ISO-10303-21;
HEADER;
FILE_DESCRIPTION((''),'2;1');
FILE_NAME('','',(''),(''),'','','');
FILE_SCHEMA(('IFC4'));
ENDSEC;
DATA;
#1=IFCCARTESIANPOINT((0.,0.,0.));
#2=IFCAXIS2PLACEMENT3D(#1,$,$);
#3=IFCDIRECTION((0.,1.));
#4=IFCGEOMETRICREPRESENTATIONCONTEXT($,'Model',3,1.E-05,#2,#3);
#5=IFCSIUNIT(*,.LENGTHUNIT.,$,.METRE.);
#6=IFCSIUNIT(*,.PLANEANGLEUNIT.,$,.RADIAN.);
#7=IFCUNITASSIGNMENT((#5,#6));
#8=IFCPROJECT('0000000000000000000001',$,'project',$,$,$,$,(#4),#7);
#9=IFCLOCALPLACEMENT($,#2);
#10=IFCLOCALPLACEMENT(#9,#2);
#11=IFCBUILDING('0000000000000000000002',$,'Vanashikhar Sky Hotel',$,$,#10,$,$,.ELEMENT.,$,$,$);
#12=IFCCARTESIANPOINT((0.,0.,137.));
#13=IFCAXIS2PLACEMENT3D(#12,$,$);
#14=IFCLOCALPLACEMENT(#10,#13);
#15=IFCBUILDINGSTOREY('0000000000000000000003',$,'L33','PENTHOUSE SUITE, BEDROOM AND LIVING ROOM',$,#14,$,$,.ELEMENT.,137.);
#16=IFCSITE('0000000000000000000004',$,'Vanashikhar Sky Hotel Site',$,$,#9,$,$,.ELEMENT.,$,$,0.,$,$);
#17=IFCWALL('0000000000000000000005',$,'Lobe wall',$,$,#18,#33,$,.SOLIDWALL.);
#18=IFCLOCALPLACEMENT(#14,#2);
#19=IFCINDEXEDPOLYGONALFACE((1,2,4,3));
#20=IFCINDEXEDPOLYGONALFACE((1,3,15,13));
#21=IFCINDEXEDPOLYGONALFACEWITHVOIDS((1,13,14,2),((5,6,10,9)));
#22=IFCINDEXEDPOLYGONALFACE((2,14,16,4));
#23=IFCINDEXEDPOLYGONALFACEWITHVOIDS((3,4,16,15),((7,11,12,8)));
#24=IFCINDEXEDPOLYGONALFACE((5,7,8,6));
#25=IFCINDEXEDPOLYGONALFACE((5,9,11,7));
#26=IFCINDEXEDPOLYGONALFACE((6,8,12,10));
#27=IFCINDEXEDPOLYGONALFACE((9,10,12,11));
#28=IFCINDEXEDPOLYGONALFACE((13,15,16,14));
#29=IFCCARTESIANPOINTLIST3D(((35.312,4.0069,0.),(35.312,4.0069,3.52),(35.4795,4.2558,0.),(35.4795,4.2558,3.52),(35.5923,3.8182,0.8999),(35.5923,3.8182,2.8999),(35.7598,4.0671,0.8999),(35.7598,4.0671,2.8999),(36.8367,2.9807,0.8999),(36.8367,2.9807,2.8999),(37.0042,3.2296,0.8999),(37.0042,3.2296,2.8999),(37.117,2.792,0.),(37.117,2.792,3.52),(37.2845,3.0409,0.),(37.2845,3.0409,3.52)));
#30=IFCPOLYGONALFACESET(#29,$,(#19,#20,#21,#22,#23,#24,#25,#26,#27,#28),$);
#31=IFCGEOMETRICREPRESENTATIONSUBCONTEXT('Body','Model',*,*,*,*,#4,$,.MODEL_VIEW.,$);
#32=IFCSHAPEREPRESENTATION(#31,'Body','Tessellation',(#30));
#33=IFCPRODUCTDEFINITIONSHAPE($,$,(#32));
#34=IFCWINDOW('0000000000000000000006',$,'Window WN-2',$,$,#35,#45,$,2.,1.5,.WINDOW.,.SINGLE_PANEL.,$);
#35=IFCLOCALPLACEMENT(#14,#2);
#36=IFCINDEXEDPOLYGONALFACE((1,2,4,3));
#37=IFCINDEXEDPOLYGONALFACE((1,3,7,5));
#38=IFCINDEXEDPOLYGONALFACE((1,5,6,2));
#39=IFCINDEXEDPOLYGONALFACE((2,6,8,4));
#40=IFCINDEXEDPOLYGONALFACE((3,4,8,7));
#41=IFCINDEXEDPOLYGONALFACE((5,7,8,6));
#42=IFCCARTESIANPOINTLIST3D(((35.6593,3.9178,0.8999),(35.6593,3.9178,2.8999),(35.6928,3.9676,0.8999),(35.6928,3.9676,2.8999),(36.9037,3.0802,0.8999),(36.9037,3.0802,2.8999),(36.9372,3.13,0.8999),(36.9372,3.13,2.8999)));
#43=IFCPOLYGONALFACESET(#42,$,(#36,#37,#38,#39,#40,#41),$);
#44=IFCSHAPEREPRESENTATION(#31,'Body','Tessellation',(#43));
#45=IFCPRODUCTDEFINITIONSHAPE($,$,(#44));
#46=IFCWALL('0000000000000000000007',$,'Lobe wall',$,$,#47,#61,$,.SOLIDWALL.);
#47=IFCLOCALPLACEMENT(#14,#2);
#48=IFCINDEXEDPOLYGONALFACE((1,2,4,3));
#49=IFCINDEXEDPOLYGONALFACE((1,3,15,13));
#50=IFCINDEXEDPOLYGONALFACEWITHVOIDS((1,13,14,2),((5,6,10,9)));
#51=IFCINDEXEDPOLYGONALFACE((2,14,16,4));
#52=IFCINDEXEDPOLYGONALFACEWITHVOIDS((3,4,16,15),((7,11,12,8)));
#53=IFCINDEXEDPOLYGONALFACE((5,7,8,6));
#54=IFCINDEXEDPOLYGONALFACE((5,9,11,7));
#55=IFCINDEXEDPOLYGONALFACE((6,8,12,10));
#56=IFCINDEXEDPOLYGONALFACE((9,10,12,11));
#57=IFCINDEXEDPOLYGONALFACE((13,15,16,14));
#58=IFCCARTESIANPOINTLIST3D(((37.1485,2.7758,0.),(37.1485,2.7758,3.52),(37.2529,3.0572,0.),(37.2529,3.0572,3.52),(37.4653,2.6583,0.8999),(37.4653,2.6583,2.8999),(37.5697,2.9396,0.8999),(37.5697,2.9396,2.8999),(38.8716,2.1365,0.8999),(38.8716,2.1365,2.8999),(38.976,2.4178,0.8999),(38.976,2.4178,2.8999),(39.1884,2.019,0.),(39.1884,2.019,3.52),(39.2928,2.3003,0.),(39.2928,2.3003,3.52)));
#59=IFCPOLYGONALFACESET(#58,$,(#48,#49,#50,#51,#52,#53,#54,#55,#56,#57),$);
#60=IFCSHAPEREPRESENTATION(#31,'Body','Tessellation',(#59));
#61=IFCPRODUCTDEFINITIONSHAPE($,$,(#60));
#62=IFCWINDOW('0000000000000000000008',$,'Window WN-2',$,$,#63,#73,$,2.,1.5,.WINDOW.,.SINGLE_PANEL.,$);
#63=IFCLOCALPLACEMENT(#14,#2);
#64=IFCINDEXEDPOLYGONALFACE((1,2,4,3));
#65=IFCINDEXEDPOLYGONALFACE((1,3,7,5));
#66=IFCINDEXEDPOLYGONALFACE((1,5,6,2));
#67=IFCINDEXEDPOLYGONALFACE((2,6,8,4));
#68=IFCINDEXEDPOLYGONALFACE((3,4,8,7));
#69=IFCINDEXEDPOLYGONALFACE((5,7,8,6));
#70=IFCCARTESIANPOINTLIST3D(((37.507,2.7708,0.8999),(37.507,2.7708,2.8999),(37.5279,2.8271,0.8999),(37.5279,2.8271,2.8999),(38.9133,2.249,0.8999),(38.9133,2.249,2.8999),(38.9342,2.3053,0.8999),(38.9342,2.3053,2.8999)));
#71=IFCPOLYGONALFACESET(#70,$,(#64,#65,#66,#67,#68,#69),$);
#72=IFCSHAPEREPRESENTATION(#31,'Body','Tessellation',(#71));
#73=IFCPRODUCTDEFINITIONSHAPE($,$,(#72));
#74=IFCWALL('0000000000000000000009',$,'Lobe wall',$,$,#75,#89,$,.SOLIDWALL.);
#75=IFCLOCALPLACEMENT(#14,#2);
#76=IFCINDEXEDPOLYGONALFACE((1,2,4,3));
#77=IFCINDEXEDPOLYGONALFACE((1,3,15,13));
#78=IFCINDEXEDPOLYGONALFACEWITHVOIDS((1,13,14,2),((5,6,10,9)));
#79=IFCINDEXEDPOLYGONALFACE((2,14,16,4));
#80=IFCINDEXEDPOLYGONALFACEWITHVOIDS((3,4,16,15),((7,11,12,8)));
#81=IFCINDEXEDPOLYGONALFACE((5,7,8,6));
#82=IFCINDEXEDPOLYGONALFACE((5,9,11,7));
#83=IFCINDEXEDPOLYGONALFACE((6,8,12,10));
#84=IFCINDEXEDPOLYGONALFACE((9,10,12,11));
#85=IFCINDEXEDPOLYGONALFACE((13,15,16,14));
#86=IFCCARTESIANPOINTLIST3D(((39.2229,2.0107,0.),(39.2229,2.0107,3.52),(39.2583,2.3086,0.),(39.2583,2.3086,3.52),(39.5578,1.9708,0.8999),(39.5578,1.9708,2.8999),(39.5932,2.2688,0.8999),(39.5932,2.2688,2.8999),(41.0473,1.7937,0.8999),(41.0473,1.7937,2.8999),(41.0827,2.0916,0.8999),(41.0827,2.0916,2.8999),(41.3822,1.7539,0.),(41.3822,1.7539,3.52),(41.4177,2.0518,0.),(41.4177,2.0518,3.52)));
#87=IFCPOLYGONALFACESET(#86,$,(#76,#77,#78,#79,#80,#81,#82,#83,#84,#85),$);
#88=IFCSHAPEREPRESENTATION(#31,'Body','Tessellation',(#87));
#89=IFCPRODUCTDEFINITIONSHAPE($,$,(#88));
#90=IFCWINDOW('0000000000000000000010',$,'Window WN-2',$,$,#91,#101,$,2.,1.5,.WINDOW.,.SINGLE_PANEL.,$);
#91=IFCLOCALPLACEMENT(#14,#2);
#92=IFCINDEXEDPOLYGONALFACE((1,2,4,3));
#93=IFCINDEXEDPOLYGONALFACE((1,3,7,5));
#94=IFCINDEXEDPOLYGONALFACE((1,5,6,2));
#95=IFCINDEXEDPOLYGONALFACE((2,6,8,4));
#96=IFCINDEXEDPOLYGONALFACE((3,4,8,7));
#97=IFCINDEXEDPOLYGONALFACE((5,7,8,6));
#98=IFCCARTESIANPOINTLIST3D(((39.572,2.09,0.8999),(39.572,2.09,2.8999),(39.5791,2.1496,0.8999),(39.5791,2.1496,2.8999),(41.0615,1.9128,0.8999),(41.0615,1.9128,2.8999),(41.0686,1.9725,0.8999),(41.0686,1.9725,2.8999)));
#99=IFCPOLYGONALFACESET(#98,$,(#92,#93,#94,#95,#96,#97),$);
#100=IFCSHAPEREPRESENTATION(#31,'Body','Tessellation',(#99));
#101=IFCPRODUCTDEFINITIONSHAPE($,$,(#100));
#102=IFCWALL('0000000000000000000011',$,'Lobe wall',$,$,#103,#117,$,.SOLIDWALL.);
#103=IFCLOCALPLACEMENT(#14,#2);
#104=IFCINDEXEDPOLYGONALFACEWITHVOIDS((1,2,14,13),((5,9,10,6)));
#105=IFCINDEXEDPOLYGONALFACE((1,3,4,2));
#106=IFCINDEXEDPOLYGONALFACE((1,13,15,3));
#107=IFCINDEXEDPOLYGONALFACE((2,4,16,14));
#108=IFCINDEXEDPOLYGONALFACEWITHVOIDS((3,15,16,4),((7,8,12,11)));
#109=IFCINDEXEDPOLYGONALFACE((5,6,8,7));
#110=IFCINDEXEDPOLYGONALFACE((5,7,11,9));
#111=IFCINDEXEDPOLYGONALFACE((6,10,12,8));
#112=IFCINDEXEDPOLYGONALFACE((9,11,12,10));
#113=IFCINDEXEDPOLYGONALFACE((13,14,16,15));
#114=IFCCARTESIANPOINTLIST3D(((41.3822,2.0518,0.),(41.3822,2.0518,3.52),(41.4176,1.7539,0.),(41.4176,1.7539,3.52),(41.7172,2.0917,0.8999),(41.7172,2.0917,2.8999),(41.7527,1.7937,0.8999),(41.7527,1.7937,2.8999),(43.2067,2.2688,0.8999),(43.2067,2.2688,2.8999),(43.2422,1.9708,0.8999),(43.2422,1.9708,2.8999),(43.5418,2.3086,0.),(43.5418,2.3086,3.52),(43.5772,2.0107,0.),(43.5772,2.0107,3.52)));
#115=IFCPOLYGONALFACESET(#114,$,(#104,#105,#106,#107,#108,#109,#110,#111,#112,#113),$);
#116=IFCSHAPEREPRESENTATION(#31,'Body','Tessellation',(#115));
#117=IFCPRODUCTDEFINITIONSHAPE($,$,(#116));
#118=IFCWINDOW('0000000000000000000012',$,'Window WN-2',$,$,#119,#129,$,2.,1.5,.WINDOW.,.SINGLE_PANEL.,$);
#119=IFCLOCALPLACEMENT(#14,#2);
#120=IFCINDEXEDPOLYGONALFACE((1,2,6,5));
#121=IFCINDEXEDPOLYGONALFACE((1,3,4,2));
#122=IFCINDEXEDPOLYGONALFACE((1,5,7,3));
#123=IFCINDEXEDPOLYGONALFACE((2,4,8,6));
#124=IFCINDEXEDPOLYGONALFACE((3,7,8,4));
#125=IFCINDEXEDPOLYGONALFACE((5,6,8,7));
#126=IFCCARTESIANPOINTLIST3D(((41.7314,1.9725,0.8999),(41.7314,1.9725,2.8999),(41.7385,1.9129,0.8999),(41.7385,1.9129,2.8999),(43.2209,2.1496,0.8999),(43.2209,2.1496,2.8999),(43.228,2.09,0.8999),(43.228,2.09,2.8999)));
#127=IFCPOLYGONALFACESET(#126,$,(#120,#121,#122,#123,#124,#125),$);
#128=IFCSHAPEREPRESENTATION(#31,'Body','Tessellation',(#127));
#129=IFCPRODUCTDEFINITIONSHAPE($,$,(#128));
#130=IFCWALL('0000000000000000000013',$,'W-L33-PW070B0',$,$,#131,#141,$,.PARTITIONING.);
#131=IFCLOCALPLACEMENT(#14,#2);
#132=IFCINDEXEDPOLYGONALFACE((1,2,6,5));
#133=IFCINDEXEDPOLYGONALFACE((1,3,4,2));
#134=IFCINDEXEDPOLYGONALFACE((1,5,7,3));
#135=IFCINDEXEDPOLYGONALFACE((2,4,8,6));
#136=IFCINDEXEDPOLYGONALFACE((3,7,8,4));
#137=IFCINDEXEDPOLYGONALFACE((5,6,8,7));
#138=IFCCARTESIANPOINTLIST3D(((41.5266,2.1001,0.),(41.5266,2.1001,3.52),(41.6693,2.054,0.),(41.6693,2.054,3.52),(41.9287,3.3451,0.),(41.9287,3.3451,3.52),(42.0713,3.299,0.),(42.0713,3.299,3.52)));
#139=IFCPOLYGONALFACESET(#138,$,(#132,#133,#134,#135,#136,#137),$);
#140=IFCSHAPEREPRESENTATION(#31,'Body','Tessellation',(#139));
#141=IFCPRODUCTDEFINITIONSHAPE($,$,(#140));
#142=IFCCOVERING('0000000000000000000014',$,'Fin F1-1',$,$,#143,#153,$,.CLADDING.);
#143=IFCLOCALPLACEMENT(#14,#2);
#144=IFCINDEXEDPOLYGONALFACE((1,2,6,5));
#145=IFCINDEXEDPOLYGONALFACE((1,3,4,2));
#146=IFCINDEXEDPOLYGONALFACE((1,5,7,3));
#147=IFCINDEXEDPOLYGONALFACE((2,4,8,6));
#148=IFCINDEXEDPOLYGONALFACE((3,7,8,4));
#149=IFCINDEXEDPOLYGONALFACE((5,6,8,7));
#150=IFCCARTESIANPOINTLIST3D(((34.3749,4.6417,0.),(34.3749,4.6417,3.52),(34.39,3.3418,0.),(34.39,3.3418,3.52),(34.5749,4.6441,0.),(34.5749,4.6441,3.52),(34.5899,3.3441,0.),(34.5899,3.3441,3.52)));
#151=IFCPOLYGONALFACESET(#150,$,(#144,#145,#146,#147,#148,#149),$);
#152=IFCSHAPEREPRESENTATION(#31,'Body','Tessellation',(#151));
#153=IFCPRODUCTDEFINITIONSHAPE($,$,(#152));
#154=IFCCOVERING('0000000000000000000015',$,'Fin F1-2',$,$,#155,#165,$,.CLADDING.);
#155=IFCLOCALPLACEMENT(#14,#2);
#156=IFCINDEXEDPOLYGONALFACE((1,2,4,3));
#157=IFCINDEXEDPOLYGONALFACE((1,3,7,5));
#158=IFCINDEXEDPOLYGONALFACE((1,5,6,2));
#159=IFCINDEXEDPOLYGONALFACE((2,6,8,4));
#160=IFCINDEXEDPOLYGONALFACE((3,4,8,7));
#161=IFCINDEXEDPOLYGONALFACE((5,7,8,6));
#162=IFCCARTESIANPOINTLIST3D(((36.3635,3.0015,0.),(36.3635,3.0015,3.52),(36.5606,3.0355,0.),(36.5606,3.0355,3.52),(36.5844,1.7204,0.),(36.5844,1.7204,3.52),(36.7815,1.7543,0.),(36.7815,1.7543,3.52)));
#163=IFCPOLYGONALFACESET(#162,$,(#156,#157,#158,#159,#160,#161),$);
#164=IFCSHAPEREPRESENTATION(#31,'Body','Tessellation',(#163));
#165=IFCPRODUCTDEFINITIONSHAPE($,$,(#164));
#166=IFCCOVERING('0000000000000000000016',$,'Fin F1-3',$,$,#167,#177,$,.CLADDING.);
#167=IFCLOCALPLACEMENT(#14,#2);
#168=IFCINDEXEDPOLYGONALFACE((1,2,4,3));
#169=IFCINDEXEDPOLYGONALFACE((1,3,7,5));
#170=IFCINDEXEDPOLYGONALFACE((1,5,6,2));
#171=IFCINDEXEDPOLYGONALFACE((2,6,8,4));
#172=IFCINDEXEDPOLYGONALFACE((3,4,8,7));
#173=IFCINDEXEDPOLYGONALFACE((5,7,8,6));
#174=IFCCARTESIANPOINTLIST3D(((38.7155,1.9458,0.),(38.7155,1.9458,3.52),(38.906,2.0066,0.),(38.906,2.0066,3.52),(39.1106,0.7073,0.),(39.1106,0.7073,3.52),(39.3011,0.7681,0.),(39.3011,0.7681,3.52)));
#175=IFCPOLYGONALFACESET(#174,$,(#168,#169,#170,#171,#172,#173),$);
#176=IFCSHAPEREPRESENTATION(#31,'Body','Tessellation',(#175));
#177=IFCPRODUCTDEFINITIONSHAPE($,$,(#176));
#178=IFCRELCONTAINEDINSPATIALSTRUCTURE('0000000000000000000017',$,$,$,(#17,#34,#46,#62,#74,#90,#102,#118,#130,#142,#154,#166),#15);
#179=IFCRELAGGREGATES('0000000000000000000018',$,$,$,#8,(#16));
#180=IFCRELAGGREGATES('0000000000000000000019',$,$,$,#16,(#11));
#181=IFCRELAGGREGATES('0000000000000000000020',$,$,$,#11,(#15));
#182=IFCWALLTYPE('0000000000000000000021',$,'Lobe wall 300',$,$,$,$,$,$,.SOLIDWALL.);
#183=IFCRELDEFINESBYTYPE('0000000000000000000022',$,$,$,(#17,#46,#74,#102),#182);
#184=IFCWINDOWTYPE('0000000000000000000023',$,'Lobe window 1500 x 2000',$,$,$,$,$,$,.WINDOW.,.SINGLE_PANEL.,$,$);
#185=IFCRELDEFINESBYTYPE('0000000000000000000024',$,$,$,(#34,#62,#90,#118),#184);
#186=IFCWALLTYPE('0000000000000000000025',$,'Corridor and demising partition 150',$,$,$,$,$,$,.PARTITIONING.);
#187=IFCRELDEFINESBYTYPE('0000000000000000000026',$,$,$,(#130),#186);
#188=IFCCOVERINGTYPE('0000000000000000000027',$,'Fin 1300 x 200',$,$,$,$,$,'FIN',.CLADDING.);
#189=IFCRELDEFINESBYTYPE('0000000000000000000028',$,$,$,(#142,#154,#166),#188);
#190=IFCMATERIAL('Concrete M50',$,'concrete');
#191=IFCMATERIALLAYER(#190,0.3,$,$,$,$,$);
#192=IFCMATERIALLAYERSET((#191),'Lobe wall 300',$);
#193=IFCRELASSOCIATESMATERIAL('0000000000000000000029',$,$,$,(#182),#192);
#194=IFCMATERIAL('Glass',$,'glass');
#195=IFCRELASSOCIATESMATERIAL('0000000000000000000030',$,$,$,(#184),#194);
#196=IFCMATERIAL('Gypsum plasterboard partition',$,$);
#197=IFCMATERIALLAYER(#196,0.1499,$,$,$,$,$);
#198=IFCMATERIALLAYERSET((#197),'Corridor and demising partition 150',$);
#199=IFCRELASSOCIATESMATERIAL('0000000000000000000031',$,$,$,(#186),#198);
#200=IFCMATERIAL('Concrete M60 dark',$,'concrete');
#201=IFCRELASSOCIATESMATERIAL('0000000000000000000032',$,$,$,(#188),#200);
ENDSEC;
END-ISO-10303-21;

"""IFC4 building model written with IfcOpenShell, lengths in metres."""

from ifc_helpers import new_model, si_unit, direction, frame, frame_2d, origin, origin_2d, place, context, subcontext, project, spatial, rectangle, extrude, source, transform, mapped, material, layer, layer_set, material_profile, profile_set, type_object, element, fill, save


model = new_model("IFC4")

# Units and contexts
model_context = context("Model", 3, precision=1e-05, world=origin(), true_north=direction((0.0, 1.0)))
body_context = subcontext(model_context, "Body", "Model", "MODEL_VIEW")
ifc_project = project(units=[si_unit("LENGTHUNIT", "METRE"), si_unit("PLANEANGLEUNIT", "RADIAN")], contexts=[model_context])

# Site, building, storey
site_placement = place(None, origin())
site = spatial("IfcSite", under=ifc_project, at=site_placement, Name="Vanashikhar Sky Hotel Site", CompositionType="ELEMENT", RefElevation=0.0)
building_placement = place(site_placement, origin())
building = spatial("IfcBuilding", under=site, at=building_placement, Name="Vanashikhar Sky Hotel", CompositionType="ELEMENT")
storey_placement = place(building_placement, frame((0.0, 0.0, 137.0)))
storey = spatial("IfcBuildingStorey", under=building, at=storey_placement, Name="L33", Description="PENTHOUSE SUITE, BEDROOM AND LIVING ROOM", CompositionType="ELEMENT", Elevation=137.0)

# Walls, openings, windows
ifc_material_1 = material(Name="Concrete M50", Category="concrete")
ifc_layer_1 = layer(ifc_material_1, 0.3)
ifc_layer_set_1 = layer_set([ifc_layer_1], Name="Lobe wall 300")
wall_type_1 = type_object("IfcWallType", Name="Lobe wall 300", PredefinedType="SOLIDWALL", material=ifc_layer_set_1)
shared_shape_1 = source(origin(), body_context, "Body", "SweptSolid", [
    extrude(rectangle(XDim=2.1758, YDim=0.3, at=frame_2d((1.0879, 0.0))), origin(), (0.0, 0.0, 1.0), 3.52),
])
wall_1_placement = place(storey_placement, frame((35.3958, 4.1313, 0.0), z_axis=(0.0, 0.0, 1.0), x_axis=(0.829591, -0.558372, 0.0)))
wall_1 = element("IfcWall", 1, at=wall_1_placement, inside=storey, type_object=wall_type_1, Name="Lobe wall", PredefinedType="SOLIDWALL", context=body_context, shape_type="MappedRepresentation", body=[
    mapped(shared_shape_1, transform((0.0, 0.0, 0.0), scale=1.0)),
])
shared_shape_2 = source(origin(), body_context, "Body", "SweptSolid", [
    extrude(rectangle(XDim=1.5, YDim=2.0, at=frame_2d((0.75, 1.0))), frame((0.0, 0.1602, 0.0), z_axis=(0.0, -1.0, 0.0), x_axis=(1.0, 0.0, 0.0)), (0.0, 0.0, 1.0), 0.3201),
])
opening_1_placement = place(wall_1_placement, frame((0.3379, 0.0, 0.8999)))
opening_1 = element("IfcOpeningElement", 2, at=opening_1_placement, cuts=wall_1, PredefinedType="OPENING", context=body_context, shape_type="MappedRepresentation", body=[
    mapped(shared_shape_2, transform((0.0, 0.0, 0.0), scale=1.0)),
])
ifc_material_2 = material(Name="Glass", Category="glass")
window_type = type_object("IfcWindowType", Name="Lobe window 1500 x 2000", PartitioningType="SINGLE_PANEL", PredefinedType="WINDOW", material=ifc_material_2)
shared_shape_3 = source(origin(), body_context, "Body", "SweptSolid", [
    extrude(rectangle(XDim=1.5, YDim=2.0, at=frame_2d((0.75, 1.0))), frame((0.0, 0.03, 0.0), z_axis=(0.0, -1.0, 0.0), x_axis=(1.0, 0.0, 0.0)), (0.0, 0.0, 1.0), 0.0601),
])
window_1_placement = place(opening_1_placement, origin())
window_1 = element("IfcWindow", 3, at=window_1_placement, inside=storey, type_object=window_type, Name="Window WN-2", OverallHeight=2.0, OverallWidth=1.5, PartitioningType="SINGLE_PANEL", PredefinedType="WINDOW", context=body_context, shape_type="MappedRepresentation", body=[
    mapped(shared_shape_3, transform((0.0, 0.0, 0.0), scale=1.0)),
])
fill(opening_1, window_1)
wall_2_placement = place(storey_placement, frame((37.2007, 2.9165, 0.0), z_axis=(0.0, 0.0, 1.0), x_axis=(0.937546, -0.347863, 0.0)))
wall_2 = element("IfcWall", 4, at=wall_2_placement, inside=storey, type_object=wall_type_1, Name="Lobe wall", PredefinedType="SOLIDWALL", context=body_context, shape_type="MappedRepresentation", body=[
    mapped(shared_shape_1, transform((0.0, 0.0, 0.0), scale=1.0)),
])
opening_2_placement = place(wall_2_placement, frame((0.3379, 0.0, 0.8999)))
opening_2 = element("IfcOpeningElement", 5, at=opening_2_placement, cuts=wall_2, PredefinedType="OPENING", context=body_context, shape_type="MappedRepresentation", body=[
    mapped(shared_shape_2, transform((0.0, 0.0, 0.0), scale=1.0)),
])
window_2_placement = place(opening_2_placement, origin())
window_2 = element("IfcWindow", 6, at=window_2_placement, inside=storey, type_object=window_type, Name="Window WN-2", OverallHeight=2.0, OverallWidth=1.5, PartitioningType="SINGLE_PANEL", PredefinedType="WINDOW", context=body_context, shape_type="MappedRepresentation", body=[
    mapped(shared_shape_3, transform((0.0, 0.0, 0.0), scale=1.0)),
])
fill(opening_2, window_2)
shared_shape_4 = source(origin(), body_context, "Body", "SweptSolid", [
    extrude(rectangle(XDim=2.1746, YDim=0.3, at=frame_2d((1.0874, 0.0))), origin(), (0.0, 0.0, 1.0), 3.52),
])
wall_3_placement = place(storey_placement, frame((39.2405, 2.1597, 0.0), z_axis=(0.0, 0.0, 1.0), x_axis=(0.993001, -0.118105, 0.0)))
wall_3 = element("IfcWall", 7, at=wall_3_placement, inside=storey, type_object=wall_type_1, Name="Lobe wall", PredefinedType="SOLIDWALL", context=body_context, shape_type="MappedRepresentation", body=[
    mapped(shared_shape_4, transform((0.0, 0.0, 0.0), scale=1.0)),
])
opening_3_placement = place(wall_3_placement, frame((0.3374, 0.0, 0.8999)))
opening_3 = element("IfcOpeningElement", 8, at=opening_3_placement, cuts=wall_3, PredefinedType="OPENING", context=body_context, shape_type="MappedRepresentation", body=[
    mapped(shared_shape_2, transform((0.0, 0.0, 0.0), scale=1.0)),
])
window_3_placement = place(opening_3_placement, origin())
window_3 = element("IfcWindow", 9, at=window_3_placement, inside=storey, type_object=window_type, Name="Window WN-2", OverallHeight=2.0, OverallWidth=1.5, PartitioningType="SINGLE_PANEL", PredefinedType="WINDOW", context=body_context, shape_type="MappedRepresentation", body=[
    mapped(shared_shape_3, transform((0.0, 0.0, 0.0), scale=1.0)),
])
fill(opening_3, window_3)
shared_shape_5 = source(origin(), body_context, "Body", "SweptSolid", [
    extrude(rectangle(XDim=2.1748, YDim=0.3, at=frame_2d((1.0874, 0.0))), origin(), (0.0, 0.0, 1.0), 3.52),
])
wall_4_placement = place(storey_placement, frame((41.3999, 1.9028, 0.0), z_axis=(0.0, 0.0, 1.0), x_axis=(0.993003, 0.118092, 0.0)))
wall_4 = element("IfcWall", 10, at=wall_4_placement, inside=storey, type_object=wall_type_1, Name="Lobe wall", PredefinedType="SOLIDWALL", context=body_context, shape_type="MappedRepresentation", body=[
    mapped(shared_shape_5, transform((0.0, 0.0, 0.0), scale=1.0)),
])
opening_4_placement = place(wall_4_placement, frame((0.3374, 0.0, 0.8999)))
opening_4 = element("IfcOpeningElement", 11, at=opening_4_placement, cuts=wall_4, PredefinedType="OPENING", context=body_context, shape_type="MappedRepresentation", body=[
    mapped(shared_shape_2, transform((0.0, 0.0, 0.0), scale=1.0)),
])
window_4_placement = place(opening_4_placement, origin())
window_4 = element("IfcWindow", 12, at=window_4_placement, inside=storey, type_object=window_type, Name="Window WN-2", OverallHeight=2.0, OverallWidth=1.5, PartitioningType="SINGLE_PANEL", PredefinedType="WINDOW", context=body_context, shape_type="MappedRepresentation", body=[
    mapped(shared_shape_3, transform((0.0, 0.0, 0.0), scale=1.0)),
])
fill(opening_4, window_4)

# Wall
ifc_material_3 = material(Name="Gypsum plasterboard partition")
ifc_layer_2 = layer(ifc_material_3, 0.1499)
ifc_layer_set_2 = layer_set([ifc_layer_2], Name="Corridor and demising partition 150")
wall_type_2 = type_object("IfcWallType", Name="Corridor and demising partition 150", PredefinedType="PARTITIONING", material=ifc_layer_set_2)
shared_shape_6 = source(origin(), body_context, "Body", "SweptSolid", [
    extrude(rectangle(XDim=1.3083, YDim=0.1499, at=frame_2d((0.6543, 0.0))), origin(), (0.0, 0.0, 1.0), 3.52),
])
wall_5_placement = place(storey_placement, frame((41.5979, 2.0769, 0.0), z_axis=(0.0, 0.0, 1.0), x_axis=(0.307314, 0.951608, 0.0)))
element("IfcWall", 13, at=wall_5_placement, inside=storey, type_object=wall_type_2, Name="W-L33-PW070B0", PredefinedType="PARTITIONING", context=body_context, shape_type="MappedRepresentation", body=[
    mapped(shared_shape_6, transform((0.0, 0.0, 0.0), scale=1.0)),
])

# Coverings
ifc_material_4 = material(Name="Concrete M60 dark", Category="concrete")
ifc_material_profile = material_profile(ifc_material_4, rectangle(XDim=1.3, YDim=0.2, at=origin_2d()))
ifc_profile_set = profile_set([ifc_material_profile], Name="Fin 1300 x 200")
covering_type_1 = type_object("IfcCoveringType", Name="Fin 1300 x 200", ElementType="FIN", PredefinedType="CLADDING", material=ifc_profile_set)
shared_shape_7 = source(origin(), body_context, "Body", "SweptSolid", [
    extrude(rectangle(XDim=1.3, YDim=0.2, at=origin_2d()), origin(), (0.0, 0.0, 1.0), 3.52),
])
for number, where, z_axis, x_axis, name in (
    (14, (34.4824, 3.9929, 0.0), (0.0, 0.0, 1.0), (0.011589, -0.999933, 0.0), "Fin F1-1"),
    (15, (36.5725, 2.3779, 0.0), (0.0, 0.0, 1.0), (0.1699, -0.985461, 0.0), "Fin F1-2"),
    (16, (39.0083, 1.3569, 0.0), (0.0, 0.0, 1.0), (0.303967, -0.952683, 0.0), "Fin F1-3"),
):
    element("IfcCovering", number, at=place(storey_placement, frame(where, z_axis=z_axis, x_axis=x_axis)), inside=storey, type_object=covering_type_1, Name=name, PredefinedType="CLADDING", context=body_context, shape_type="MappedRepresentation", body=[
        mapped(shared_shape_7, transform((0.0, 0.0, 0.0), scale=1.0)),
    ])

save(model, "model.ifc")
